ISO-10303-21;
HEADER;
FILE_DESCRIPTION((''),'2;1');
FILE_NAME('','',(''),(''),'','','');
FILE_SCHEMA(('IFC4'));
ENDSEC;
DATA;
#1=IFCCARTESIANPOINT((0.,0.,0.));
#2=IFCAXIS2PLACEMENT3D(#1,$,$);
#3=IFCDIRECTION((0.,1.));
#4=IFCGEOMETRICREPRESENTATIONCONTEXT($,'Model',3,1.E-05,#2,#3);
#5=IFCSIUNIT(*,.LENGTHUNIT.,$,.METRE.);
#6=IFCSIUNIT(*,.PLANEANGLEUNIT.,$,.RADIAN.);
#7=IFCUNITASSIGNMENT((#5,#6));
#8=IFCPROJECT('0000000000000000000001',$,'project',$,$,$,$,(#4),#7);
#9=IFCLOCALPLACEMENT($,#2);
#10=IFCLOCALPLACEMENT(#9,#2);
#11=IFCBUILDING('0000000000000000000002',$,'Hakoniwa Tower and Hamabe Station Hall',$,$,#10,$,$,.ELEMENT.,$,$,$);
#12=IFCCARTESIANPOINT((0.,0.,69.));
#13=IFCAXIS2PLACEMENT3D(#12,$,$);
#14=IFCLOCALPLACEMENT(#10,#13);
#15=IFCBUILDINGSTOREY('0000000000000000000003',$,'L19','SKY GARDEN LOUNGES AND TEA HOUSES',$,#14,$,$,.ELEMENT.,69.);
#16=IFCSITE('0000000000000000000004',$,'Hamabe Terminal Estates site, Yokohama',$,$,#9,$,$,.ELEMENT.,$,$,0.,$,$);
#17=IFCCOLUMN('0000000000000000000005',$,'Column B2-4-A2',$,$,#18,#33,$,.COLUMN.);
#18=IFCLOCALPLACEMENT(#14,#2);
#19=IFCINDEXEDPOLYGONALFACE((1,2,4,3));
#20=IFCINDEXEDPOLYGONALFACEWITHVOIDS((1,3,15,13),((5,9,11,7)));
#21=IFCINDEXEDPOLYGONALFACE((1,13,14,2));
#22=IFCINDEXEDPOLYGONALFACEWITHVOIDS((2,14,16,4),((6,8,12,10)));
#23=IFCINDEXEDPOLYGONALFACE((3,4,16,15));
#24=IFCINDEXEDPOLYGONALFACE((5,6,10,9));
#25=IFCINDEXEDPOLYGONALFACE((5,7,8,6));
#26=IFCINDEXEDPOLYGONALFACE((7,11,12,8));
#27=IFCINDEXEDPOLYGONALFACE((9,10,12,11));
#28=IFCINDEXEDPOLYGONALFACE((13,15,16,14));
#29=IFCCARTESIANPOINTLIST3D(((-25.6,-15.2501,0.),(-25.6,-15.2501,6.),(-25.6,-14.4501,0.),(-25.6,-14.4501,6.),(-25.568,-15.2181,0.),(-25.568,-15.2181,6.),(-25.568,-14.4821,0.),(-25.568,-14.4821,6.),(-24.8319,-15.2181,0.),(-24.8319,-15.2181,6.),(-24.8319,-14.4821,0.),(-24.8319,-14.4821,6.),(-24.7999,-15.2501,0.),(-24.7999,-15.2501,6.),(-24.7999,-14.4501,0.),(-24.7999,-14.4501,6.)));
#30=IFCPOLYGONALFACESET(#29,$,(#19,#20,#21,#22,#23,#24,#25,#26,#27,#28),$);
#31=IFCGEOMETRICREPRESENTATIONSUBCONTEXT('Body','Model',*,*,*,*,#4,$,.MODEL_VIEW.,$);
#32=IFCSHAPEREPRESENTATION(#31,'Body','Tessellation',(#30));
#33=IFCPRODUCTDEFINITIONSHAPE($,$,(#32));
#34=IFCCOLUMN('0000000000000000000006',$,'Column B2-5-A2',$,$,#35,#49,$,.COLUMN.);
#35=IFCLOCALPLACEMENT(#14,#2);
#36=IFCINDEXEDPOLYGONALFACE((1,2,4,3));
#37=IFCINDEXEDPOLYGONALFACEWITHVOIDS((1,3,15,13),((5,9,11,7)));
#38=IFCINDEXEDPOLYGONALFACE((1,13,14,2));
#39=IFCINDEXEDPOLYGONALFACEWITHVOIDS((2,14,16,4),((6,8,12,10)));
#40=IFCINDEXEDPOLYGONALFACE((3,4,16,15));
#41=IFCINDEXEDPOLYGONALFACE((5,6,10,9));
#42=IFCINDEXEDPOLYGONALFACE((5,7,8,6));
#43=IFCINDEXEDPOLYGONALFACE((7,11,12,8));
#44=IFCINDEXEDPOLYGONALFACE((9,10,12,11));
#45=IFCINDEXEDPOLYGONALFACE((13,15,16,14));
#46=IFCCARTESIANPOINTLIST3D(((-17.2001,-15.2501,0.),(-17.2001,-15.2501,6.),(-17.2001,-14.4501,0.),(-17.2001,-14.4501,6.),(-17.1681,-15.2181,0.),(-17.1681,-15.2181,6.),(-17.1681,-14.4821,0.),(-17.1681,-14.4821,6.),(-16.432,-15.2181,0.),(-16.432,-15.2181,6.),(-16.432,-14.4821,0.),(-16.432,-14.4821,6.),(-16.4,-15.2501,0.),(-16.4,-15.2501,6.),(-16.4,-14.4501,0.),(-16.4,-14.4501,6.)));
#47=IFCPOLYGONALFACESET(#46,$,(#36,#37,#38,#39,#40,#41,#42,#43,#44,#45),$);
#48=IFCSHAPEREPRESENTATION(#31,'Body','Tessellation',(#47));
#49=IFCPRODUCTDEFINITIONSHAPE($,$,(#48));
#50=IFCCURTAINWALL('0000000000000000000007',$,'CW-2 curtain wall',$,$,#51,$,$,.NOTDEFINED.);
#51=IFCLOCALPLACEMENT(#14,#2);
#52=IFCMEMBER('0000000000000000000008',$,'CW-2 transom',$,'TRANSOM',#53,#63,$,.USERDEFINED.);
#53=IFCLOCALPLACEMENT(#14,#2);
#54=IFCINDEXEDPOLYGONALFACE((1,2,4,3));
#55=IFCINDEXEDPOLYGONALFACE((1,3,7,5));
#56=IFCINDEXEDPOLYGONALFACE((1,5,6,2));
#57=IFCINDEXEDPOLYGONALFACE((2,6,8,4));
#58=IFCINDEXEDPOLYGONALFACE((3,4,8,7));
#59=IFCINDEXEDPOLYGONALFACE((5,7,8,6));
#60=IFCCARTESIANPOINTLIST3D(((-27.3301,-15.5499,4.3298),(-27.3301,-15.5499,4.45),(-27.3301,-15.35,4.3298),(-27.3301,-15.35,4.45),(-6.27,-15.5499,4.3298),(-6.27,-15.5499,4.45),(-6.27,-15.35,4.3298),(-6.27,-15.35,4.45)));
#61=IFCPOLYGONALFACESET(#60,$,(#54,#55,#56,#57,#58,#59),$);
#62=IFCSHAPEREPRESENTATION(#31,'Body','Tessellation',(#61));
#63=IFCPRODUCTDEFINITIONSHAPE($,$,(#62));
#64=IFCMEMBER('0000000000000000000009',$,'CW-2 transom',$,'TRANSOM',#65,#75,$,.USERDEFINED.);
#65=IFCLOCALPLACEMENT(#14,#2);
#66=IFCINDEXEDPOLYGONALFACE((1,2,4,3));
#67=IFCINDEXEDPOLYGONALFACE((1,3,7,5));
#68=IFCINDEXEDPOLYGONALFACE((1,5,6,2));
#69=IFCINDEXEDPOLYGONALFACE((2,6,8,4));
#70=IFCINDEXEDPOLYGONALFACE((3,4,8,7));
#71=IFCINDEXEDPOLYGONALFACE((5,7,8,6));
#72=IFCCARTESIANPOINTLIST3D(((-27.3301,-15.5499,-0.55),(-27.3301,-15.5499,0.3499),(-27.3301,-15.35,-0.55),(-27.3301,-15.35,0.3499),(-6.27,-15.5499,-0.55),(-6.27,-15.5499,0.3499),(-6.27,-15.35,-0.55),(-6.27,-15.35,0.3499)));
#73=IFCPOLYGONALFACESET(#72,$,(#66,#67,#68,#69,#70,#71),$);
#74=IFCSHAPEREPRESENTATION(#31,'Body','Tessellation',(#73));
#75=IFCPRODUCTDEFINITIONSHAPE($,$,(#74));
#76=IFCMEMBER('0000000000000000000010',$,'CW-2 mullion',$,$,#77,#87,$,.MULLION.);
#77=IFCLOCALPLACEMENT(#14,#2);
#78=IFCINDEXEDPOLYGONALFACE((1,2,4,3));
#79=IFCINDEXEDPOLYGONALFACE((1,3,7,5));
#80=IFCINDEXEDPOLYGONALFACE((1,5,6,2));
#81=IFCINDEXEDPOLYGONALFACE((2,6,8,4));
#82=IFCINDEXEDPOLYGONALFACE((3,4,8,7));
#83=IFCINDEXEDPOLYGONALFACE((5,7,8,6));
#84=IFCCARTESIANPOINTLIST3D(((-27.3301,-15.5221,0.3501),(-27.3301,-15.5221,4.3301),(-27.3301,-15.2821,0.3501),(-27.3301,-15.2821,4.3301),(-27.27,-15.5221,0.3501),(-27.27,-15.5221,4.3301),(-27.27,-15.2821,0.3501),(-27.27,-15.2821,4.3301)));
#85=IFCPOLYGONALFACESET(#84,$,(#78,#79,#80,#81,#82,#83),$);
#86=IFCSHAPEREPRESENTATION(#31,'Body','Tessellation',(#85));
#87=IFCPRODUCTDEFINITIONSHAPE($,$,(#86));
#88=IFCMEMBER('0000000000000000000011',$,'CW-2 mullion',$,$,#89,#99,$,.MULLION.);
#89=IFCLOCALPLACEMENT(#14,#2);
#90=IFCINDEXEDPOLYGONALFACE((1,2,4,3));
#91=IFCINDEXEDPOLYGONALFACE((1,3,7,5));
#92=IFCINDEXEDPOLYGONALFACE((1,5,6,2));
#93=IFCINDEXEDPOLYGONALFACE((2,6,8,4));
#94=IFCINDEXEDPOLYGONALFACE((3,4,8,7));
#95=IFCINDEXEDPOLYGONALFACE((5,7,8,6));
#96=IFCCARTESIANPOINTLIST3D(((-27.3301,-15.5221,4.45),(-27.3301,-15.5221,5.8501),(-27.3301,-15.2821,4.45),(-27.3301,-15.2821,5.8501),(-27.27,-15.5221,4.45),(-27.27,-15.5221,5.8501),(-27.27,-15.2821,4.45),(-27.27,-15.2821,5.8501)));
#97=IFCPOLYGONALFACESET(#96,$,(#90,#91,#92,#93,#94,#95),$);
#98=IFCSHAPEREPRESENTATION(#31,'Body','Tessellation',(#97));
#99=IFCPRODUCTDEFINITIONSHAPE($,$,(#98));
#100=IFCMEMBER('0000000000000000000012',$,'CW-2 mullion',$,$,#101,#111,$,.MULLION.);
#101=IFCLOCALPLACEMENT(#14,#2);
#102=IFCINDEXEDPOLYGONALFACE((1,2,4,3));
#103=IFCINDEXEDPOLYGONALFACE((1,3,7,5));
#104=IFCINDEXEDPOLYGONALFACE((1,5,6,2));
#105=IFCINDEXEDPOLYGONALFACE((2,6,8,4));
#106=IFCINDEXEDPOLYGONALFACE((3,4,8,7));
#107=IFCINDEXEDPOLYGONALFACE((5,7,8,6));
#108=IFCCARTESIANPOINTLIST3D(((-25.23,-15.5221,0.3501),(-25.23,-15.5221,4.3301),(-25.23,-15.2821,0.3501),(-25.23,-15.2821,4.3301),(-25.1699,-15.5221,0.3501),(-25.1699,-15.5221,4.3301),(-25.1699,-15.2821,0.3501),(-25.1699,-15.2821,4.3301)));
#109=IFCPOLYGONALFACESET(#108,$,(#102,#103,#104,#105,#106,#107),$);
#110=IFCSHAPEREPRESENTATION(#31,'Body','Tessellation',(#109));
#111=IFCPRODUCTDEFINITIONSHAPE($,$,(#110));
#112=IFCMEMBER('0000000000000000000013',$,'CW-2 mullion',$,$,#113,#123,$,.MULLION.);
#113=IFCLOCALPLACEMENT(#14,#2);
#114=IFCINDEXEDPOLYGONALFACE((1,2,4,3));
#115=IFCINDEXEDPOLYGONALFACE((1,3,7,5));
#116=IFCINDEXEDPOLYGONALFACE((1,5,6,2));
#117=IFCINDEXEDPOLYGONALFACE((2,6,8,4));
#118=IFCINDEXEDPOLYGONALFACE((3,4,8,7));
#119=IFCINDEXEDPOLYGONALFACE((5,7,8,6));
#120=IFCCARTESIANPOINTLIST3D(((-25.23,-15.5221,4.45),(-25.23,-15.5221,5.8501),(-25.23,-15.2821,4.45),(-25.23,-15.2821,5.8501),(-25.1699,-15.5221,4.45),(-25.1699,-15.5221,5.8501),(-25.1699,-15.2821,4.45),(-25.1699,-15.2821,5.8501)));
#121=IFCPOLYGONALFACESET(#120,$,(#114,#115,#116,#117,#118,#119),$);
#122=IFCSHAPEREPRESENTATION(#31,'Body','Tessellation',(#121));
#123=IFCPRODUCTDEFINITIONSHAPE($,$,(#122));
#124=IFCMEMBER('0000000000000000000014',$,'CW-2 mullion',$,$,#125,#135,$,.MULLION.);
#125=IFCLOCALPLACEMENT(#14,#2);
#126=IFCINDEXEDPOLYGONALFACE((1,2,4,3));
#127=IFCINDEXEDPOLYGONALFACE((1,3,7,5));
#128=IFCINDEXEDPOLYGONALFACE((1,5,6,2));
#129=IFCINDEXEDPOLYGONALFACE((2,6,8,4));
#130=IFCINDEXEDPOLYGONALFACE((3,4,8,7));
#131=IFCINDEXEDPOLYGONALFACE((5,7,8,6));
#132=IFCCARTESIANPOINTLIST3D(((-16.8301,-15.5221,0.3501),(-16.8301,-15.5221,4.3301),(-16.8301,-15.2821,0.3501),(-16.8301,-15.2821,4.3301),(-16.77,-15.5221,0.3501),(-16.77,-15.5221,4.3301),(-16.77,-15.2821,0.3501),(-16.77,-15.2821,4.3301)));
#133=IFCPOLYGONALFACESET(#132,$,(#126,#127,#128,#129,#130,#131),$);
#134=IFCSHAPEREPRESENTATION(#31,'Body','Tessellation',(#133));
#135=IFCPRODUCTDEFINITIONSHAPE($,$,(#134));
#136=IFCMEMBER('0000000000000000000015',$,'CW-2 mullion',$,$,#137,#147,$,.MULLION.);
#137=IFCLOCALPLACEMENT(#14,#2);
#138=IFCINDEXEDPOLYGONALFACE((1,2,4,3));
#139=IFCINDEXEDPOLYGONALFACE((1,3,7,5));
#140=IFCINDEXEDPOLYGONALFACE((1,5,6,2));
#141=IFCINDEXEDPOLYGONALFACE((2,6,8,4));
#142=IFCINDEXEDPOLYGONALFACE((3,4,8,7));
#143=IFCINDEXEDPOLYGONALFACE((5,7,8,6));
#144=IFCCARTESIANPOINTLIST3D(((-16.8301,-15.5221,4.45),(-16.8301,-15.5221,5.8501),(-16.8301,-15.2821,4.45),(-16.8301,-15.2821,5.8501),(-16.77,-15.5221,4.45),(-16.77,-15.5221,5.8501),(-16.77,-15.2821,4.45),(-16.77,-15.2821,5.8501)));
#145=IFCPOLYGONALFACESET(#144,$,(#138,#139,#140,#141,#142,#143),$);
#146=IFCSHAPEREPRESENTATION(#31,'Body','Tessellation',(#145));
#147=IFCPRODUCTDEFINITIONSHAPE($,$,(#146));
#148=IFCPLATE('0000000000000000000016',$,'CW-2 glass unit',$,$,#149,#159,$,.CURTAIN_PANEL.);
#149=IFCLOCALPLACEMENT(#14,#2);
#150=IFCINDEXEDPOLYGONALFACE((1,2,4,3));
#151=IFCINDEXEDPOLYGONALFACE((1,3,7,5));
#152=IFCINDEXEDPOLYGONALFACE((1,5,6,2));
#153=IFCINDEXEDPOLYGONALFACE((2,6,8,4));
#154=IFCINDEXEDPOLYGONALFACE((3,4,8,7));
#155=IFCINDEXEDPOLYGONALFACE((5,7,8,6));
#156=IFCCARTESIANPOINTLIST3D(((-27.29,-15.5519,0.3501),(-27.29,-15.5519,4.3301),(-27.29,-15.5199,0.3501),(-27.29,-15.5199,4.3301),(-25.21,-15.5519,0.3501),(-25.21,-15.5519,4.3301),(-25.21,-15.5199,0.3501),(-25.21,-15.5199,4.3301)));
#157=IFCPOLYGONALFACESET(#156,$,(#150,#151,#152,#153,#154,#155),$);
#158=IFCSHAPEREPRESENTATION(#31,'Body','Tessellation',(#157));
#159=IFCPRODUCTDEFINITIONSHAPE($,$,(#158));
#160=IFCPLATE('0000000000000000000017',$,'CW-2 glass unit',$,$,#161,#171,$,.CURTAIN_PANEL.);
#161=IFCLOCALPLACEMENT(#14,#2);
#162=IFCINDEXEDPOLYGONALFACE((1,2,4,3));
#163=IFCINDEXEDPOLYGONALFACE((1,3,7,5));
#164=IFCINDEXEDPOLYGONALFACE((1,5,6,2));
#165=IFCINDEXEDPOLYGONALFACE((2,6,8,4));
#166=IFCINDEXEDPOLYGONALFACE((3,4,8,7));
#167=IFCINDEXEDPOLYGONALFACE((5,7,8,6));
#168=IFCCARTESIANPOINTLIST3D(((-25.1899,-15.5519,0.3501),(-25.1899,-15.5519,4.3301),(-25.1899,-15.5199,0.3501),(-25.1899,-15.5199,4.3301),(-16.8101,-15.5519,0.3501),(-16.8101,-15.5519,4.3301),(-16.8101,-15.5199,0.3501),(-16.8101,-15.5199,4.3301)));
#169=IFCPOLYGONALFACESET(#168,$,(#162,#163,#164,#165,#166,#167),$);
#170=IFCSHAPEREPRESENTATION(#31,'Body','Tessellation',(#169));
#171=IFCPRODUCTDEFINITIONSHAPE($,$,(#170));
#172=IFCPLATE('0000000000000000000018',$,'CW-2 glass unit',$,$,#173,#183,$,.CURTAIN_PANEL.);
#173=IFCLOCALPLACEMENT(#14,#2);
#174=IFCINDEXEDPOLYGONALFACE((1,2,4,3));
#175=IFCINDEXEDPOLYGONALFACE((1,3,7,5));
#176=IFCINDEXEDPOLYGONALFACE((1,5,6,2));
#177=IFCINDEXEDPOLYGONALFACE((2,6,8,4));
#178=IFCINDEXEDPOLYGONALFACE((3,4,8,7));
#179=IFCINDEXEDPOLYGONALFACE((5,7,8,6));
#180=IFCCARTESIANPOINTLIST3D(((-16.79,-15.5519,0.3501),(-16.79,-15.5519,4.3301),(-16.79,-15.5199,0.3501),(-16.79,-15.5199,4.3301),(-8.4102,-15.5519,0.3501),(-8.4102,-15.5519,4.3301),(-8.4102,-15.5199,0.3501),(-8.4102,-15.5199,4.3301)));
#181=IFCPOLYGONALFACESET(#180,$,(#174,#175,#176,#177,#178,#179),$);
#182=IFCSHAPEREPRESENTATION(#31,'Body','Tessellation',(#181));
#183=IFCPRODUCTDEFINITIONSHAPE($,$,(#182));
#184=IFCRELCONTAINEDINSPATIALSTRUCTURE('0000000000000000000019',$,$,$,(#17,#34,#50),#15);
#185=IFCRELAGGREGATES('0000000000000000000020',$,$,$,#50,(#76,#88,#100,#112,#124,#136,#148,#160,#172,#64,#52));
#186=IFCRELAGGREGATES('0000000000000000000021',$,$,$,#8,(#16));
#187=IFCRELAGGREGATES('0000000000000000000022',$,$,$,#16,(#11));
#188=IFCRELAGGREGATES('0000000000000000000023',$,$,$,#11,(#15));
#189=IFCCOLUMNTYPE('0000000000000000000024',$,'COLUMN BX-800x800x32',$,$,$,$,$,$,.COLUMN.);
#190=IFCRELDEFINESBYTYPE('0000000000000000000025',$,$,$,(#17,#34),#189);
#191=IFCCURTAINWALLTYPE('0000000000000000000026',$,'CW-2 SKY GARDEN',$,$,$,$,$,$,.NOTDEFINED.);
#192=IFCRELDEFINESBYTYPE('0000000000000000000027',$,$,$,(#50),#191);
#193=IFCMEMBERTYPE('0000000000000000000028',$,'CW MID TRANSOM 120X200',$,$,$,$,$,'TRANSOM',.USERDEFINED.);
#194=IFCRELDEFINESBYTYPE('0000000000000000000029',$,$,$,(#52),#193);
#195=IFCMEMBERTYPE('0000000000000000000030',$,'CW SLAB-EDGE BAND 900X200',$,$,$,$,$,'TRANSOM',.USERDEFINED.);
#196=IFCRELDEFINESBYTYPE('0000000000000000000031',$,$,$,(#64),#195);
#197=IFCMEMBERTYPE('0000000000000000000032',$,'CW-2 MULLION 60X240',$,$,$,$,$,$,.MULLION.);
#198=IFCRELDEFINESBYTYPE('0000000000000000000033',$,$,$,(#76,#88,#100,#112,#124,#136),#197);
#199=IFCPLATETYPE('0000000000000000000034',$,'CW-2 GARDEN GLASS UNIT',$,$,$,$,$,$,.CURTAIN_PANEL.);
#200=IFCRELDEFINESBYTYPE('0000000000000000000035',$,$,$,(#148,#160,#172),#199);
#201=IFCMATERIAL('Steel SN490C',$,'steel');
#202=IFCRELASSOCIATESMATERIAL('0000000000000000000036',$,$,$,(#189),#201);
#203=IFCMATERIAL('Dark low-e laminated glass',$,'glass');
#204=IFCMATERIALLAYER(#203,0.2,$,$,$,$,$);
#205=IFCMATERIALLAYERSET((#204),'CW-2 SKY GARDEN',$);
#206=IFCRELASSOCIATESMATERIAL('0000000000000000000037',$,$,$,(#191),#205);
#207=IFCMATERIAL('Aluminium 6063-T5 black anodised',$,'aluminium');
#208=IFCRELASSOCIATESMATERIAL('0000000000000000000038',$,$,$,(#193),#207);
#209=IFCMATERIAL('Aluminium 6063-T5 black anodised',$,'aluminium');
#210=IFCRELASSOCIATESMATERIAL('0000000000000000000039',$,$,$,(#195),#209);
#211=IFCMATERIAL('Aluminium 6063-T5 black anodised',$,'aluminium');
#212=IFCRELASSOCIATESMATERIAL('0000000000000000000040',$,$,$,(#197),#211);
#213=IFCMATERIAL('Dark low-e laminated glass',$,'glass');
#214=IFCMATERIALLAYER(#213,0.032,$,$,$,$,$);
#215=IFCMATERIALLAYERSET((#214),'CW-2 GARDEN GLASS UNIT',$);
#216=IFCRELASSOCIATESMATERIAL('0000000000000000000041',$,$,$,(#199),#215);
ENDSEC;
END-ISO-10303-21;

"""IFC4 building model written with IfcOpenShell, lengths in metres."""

from ifc_helpers import new_model, si_unit, direction, frame, origin, origin_2d, place, context, subcontext, project, spatial, rectangle, hollow_rectangle, extrude, material, layer, layer_set, material_profile, profile_set, type_object, element, aggregate, save


model = new_model("IFC4")

# Units and contexts
model_context = context("Model", 3, precision=1e-05, world=origin(), true_north=direction((0.0, 1.0)))
body_context = subcontext(model_context, "Body", "Model", "MODEL_VIEW")
ifc_project = project(units=[si_unit("LENGTHUNIT", "METRE"), si_unit("PLANEANGLEUNIT", "RADIAN")], contexts=[model_context])

# Site, building, storey
site_placement = place(None, origin())
site = spatial("IfcSite", under=ifc_project, at=site_placement, Name="Hamabe Terminal Estates site, Yokohama", CompositionType="ELEMENT", RefElevation=0.0)
building_placement = place(site_placement, origin())
building = spatial("IfcBuilding", under=site, at=building_placement, Name="Hakoniwa Tower and Hamabe Station Hall", CompositionType="ELEMENT")
storey_placement = place(building_placement, frame((0.0, 0.0, 69.0)))
storey = spatial("IfcBuildingStorey", under=building, at=storey_placement, Name="L19", Description="SKY GARDEN LOUNGES AND TEA HOUSES", CompositionType="ELEMENT", Elevation=69.0)

# Columns
ifc_material_1 = material(Name="Steel SN490C", Category="steel")
ifc_material_profile_1 = material_profile(ifc_material_1, hollow_rectangle(XDim=0.8, YDim=0.8, WallThickness=0.032, at=origin_2d()), Name="BX-800x800x32")
ifc_profile_set_1 = profile_set([ifc_material_profile_1], Name="Steel SN490C")
column_type = type_object("IfcColumnType", Name="COLUMN BX-800x800x32", PredefinedType="COLUMN", material=ifc_profile_set_1)
for number, where, z_axis, x_axis, name in (
    (1, (-25.2, -14.8501, 0.0), (0.0, 0.0, 1.0), (1.0, 0.0, 0.0), "Column B2-4-A2"),
    (2, (-16.8, -14.8501, 0.0), (0.0, 0.0, 1.0), (1.0, 0.0, 0.0), "Column B2-5-A2"),
):
    element("IfcColumn", number, at=place(storey_placement, frame(where, z_axis=z_axis, x_axis=x_axis)), inside=storey, type_object=column_type, Name=name, PredefinedType="COLUMN", context=body_context, shape_type="SweptSolid", body=[
        extrude(hollow_rectangle(XDim=0.8, YDim=0.8, WallThickness=0.032, at=origin_2d()), origin(), (0.0, 0.0, 1.0), 6.0),
    ])

# Curtain wall, members, plates
ifc_material_2 = material(Name="Dark low-e laminated glass", Category="glass")
ifc_layer_1 = layer(ifc_material_2, 0.2)
ifc_layer_set_1 = layer_set([ifc_layer_1], Name="CW-2 SKY GARDEN")
curtain_wall_type = type_object("IfcCurtainWallType", Name="CW-2 SKY GARDEN", PredefinedType="NOTDEFINED", material=ifc_layer_set_1)
curtain_wall_placement = place(storey_placement, origin())
curtain_wall = element("IfcCurtainWall", 3, at=curtain_wall_placement, inside=storey, type_object=curtain_wall_type, Name="CW-2 curtain wall", PredefinedType="NOTDEFINED")
ifc_material_3 = material(Name="Aluminium 6063-T5 black anodised", Category="aluminium")
ifc_material_profile_2 = material_profile(ifc_material_3, rectangle(XDim=0.2, YDim=0.1201, at=origin_2d()), Name="CW MID TRANSOM 120X200")
ifc_profile_set_2 = profile_set([ifc_material_profile_2], Name="Aluminium 6063-T5 black anodised")
member_type_1 = type_object("IfcMemberType", Name="CW MID TRANSOM 120X200", ElementType="TRANSOM", PredefinedType="USERDEFINED", material=ifc_profile_set_2)
member_1_placement = place(storey_placement, frame((-27.3301, -15.45, 4.3899), z_axis=(1.0, 0.0, 0.0), x_axis=(0.0, 1.0, 0.0)))
member_1 = element("IfcMember", 4, at=member_1_placement, type_object=member_type_1, Name="CW-2 transom", ObjectType="TRANSOM", PredefinedType="USERDEFINED", context=body_context, shape_type="SweptSolid", body=[
    extrude(rectangle(XDim=0.2, YDim=0.1201, at=origin_2d()), origin(), (0.0, 0.0, 1.0), 21.0601),
])
ifc_material_4 = material(Name="Aluminium 6063-T5 black anodised", Category="aluminium")
ifc_material_profile_3 = material_profile(ifc_material_4, rectangle(XDim=0.2, YDim=0.8999, at=origin_2d()), Name="CW SLAB-EDGE BAND 900X200")
ifc_profile_set_3 = profile_set([ifc_material_profile_3], Name="Aluminium 6063-T5 black anodised")
member_type_2 = type_object("IfcMemberType", Name="CW SLAB-EDGE BAND 900X200", ElementType="TRANSOM", PredefinedType="USERDEFINED", material=ifc_profile_set_3)
member_2_placement = place(storey_placement, frame((-27.3301, -15.45, -0.1001), z_axis=(1.0, 0.0, 0.0), x_axis=(0.0, 1.0, 0.0)))
member_2 = element("IfcMember", 5, at=member_2_placement, type_object=member_type_2, Name="CW-2 transom", ObjectType="TRANSOM", PredefinedType="USERDEFINED", context=body_context, shape_type="SweptSolid", body=[
    extrude(rectangle(XDim=0.2, YDim=0.8999, at=origin_2d()), origin(), (0.0, 0.0, 1.0), 21.0601),
])
ifc_material_5 = material(Name="Aluminium 6063-T5 black anodised", Category="aluminium")
ifc_material_profile_4 = material_profile(ifc_material_5, rectangle(XDim=0.0601, YDim=0.24, at=origin_2d()), Name="CW-2 MULLION 60X240")
ifc_profile_set_4 = profile_set([ifc_material_profile_4], Name="Aluminium 6063-T5 black anodised")
member_type_3 = type_object("IfcMemberType", Name="CW-2 MULLION 60X240", PredefinedType="MULLION", material=ifc_profile_set_4)
member_3_placement = place(storey_placement, frame((-27.3, -15.4021, 0.3501), z_axis=(0.0, 0.0, 1.0), x_axis=(1.0, 0.0, 0.0)))
member_3 = element("IfcMember", 6, at=member_3_placement, type_object=member_type_3, Name="CW-2 mullion", PredefinedType="MULLION", context=body_context, shape_type="SweptSolid", body=[
    extrude(rectangle(XDim=0.0601, YDim=0.24, at=origin_2d()), origin(), (0.0, 0.0, 1.0), 3.98),
])
member_4_placement = place(storey_placement, frame((-27.3, -15.4021, 4.45), z_axis=(0.0, 0.0, 1.0), x_axis=(1.0, 0.0, 0.0)))
member_4 = element("IfcMember", 7, at=member_4_placement, type_object=member_type_3, Name="CW-2 mullion", PredefinedType="MULLION", context=body_context, shape_type="SweptSolid", body=[
    extrude(rectangle(XDim=0.0601, YDim=0.24, at=origin_2d()), origin(), (0.0, 0.0, 1.0), 1.4001),
])
member_5_placement = place(storey_placement, frame((-25.2, -15.4021, 0.3501), z_axis=(0.0, 0.0, 1.0), x_axis=(1.0, 0.0, 0.0)))
member_5 = element("IfcMember", 8, at=member_5_placement, type_object=member_type_3, Name="CW-2 mullion", PredefinedType="MULLION", context=body_context, shape_type="SweptSolid", body=[
    extrude(rectangle(XDim=0.0601, YDim=0.24, at=origin_2d()), origin(), (0.0, 0.0, 1.0), 3.98),
])
member_6_placement = place(storey_placement, frame((-25.2, -15.4021, 4.45), z_axis=(0.0, 0.0, 1.0), x_axis=(1.0, 0.0, 0.0)))
member_6 = element("IfcMember", 9, at=member_6_placement, type_object=member_type_3, Name="CW-2 mullion", PredefinedType="MULLION", context=body_context, shape_type="SweptSolid", body=[
    extrude(rectangle(XDim=0.0601, YDim=0.24, at=origin_2d()), origin(), (0.0, 0.0, 1.0), 1.4001),
])
member_7_placement = place(storey_placement, frame((-16.8, -15.4021, 0.3501), z_axis=(0.0, 0.0, 1.0), x_axis=(1.0, 0.0, 0.0)))
member_7 = element("IfcMember", 10, at=member_7_placement, type_object=member_type_3, Name="CW-2 mullion", PredefinedType="MULLION", context=body_context, shape_type="SweptSolid", body=[
    extrude(rectangle(XDim=0.0601, YDim=0.24, at=origin_2d()), origin(), (0.0, 0.0, 1.0), 3.98),
])
member_8_placement = place(storey_placement, frame((-16.8, -15.4021, 4.45), z_axis=(0.0, 0.0, 1.0), x_axis=(1.0, 0.0, 0.0)))
member_8 = element("IfcMember", 11, at=member_8_placement, type_object=member_type_3, Name="CW-2 mullion", PredefinedType="MULLION", context=body_context, shape_type="SweptSolid", body=[
    extrude(rectangle(XDim=0.0601, YDim=0.24, at=origin_2d()), origin(), (0.0, 0.0, 1.0), 1.4001),
])
ifc_material_6 = material(Name="Dark low-e laminated glass", Category="glass")
ifc_layer_2 = layer(ifc_material_6, 0.032)
ifc_layer_set_2 = layer_set([ifc_layer_2], Name="CW-2 GARDEN GLASS UNIT")
plate_type = type_object("IfcPlateType", Name="CW-2 GARDEN GLASS UNIT", PredefinedType="CURTAIN_PANEL", material=ifc_layer_set_2)
plate_1_placement = place(storey_placement, frame((-26.25, -15.5359, 0.3501), z_axis=(0.0, 0.0, 1.0), x_axis=(1.0, 0.0, 0.0)))
plate_1 = element("IfcPlate", 12, at=plate_1_placement, type_object=plate_type, Name="CW-2 glass unit", PredefinedType="CURTAIN_PANEL", context=body_context, shape_type="SweptSolid", body=[
    extrude(rectangle(XDim=2.0801, YDim=0.032, at=origin_2d()), origin(), (0.0, 0.0, 1.0), 3.98),
])
plate_2_placement = place(storey_placement, frame((-21.0, -15.5359, 0.3501), z_axis=(0.0, 0.0, 1.0), x_axis=(1.0, 0.0, 0.0)))
plate_2 = element("IfcPlate", 13, at=plate_2_placement, type_object=plate_type, Name="CW-2 glass unit", PredefinedType="CURTAIN_PANEL", context=body_context, shape_type="SweptSolid", body=[
    extrude(rectangle(XDim=8.3799, YDim=0.032, at=origin_2d()), origin(), (0.0, 0.0, 1.0), 3.98),
])
plate_3_placement = place(storey_placement, frame((-12.6001, -15.5359, 0.3501), z_axis=(0.0, 0.0, 1.0), x_axis=(1.0, 0.0, 0.0)))
plate_3 = element("IfcPlate", 14, at=plate_3_placement, type_object=plate_type, Name="CW-2 glass unit", PredefinedType="CURTAIN_PANEL", context=body_context, shape_type="SweptSolid", body=[
    extrude(rectangle(XDim=8.3799, YDim=0.032, at=origin_2d()), origin(), (0.0, 0.0, 1.0), 3.98),
])

aggregate(curtain_wall, [member_3, member_4, member_5, member_6, member_7, member_8, plate_1, plate_2, plate_3, member_2, member_1])

save(model, "model.ifc")
